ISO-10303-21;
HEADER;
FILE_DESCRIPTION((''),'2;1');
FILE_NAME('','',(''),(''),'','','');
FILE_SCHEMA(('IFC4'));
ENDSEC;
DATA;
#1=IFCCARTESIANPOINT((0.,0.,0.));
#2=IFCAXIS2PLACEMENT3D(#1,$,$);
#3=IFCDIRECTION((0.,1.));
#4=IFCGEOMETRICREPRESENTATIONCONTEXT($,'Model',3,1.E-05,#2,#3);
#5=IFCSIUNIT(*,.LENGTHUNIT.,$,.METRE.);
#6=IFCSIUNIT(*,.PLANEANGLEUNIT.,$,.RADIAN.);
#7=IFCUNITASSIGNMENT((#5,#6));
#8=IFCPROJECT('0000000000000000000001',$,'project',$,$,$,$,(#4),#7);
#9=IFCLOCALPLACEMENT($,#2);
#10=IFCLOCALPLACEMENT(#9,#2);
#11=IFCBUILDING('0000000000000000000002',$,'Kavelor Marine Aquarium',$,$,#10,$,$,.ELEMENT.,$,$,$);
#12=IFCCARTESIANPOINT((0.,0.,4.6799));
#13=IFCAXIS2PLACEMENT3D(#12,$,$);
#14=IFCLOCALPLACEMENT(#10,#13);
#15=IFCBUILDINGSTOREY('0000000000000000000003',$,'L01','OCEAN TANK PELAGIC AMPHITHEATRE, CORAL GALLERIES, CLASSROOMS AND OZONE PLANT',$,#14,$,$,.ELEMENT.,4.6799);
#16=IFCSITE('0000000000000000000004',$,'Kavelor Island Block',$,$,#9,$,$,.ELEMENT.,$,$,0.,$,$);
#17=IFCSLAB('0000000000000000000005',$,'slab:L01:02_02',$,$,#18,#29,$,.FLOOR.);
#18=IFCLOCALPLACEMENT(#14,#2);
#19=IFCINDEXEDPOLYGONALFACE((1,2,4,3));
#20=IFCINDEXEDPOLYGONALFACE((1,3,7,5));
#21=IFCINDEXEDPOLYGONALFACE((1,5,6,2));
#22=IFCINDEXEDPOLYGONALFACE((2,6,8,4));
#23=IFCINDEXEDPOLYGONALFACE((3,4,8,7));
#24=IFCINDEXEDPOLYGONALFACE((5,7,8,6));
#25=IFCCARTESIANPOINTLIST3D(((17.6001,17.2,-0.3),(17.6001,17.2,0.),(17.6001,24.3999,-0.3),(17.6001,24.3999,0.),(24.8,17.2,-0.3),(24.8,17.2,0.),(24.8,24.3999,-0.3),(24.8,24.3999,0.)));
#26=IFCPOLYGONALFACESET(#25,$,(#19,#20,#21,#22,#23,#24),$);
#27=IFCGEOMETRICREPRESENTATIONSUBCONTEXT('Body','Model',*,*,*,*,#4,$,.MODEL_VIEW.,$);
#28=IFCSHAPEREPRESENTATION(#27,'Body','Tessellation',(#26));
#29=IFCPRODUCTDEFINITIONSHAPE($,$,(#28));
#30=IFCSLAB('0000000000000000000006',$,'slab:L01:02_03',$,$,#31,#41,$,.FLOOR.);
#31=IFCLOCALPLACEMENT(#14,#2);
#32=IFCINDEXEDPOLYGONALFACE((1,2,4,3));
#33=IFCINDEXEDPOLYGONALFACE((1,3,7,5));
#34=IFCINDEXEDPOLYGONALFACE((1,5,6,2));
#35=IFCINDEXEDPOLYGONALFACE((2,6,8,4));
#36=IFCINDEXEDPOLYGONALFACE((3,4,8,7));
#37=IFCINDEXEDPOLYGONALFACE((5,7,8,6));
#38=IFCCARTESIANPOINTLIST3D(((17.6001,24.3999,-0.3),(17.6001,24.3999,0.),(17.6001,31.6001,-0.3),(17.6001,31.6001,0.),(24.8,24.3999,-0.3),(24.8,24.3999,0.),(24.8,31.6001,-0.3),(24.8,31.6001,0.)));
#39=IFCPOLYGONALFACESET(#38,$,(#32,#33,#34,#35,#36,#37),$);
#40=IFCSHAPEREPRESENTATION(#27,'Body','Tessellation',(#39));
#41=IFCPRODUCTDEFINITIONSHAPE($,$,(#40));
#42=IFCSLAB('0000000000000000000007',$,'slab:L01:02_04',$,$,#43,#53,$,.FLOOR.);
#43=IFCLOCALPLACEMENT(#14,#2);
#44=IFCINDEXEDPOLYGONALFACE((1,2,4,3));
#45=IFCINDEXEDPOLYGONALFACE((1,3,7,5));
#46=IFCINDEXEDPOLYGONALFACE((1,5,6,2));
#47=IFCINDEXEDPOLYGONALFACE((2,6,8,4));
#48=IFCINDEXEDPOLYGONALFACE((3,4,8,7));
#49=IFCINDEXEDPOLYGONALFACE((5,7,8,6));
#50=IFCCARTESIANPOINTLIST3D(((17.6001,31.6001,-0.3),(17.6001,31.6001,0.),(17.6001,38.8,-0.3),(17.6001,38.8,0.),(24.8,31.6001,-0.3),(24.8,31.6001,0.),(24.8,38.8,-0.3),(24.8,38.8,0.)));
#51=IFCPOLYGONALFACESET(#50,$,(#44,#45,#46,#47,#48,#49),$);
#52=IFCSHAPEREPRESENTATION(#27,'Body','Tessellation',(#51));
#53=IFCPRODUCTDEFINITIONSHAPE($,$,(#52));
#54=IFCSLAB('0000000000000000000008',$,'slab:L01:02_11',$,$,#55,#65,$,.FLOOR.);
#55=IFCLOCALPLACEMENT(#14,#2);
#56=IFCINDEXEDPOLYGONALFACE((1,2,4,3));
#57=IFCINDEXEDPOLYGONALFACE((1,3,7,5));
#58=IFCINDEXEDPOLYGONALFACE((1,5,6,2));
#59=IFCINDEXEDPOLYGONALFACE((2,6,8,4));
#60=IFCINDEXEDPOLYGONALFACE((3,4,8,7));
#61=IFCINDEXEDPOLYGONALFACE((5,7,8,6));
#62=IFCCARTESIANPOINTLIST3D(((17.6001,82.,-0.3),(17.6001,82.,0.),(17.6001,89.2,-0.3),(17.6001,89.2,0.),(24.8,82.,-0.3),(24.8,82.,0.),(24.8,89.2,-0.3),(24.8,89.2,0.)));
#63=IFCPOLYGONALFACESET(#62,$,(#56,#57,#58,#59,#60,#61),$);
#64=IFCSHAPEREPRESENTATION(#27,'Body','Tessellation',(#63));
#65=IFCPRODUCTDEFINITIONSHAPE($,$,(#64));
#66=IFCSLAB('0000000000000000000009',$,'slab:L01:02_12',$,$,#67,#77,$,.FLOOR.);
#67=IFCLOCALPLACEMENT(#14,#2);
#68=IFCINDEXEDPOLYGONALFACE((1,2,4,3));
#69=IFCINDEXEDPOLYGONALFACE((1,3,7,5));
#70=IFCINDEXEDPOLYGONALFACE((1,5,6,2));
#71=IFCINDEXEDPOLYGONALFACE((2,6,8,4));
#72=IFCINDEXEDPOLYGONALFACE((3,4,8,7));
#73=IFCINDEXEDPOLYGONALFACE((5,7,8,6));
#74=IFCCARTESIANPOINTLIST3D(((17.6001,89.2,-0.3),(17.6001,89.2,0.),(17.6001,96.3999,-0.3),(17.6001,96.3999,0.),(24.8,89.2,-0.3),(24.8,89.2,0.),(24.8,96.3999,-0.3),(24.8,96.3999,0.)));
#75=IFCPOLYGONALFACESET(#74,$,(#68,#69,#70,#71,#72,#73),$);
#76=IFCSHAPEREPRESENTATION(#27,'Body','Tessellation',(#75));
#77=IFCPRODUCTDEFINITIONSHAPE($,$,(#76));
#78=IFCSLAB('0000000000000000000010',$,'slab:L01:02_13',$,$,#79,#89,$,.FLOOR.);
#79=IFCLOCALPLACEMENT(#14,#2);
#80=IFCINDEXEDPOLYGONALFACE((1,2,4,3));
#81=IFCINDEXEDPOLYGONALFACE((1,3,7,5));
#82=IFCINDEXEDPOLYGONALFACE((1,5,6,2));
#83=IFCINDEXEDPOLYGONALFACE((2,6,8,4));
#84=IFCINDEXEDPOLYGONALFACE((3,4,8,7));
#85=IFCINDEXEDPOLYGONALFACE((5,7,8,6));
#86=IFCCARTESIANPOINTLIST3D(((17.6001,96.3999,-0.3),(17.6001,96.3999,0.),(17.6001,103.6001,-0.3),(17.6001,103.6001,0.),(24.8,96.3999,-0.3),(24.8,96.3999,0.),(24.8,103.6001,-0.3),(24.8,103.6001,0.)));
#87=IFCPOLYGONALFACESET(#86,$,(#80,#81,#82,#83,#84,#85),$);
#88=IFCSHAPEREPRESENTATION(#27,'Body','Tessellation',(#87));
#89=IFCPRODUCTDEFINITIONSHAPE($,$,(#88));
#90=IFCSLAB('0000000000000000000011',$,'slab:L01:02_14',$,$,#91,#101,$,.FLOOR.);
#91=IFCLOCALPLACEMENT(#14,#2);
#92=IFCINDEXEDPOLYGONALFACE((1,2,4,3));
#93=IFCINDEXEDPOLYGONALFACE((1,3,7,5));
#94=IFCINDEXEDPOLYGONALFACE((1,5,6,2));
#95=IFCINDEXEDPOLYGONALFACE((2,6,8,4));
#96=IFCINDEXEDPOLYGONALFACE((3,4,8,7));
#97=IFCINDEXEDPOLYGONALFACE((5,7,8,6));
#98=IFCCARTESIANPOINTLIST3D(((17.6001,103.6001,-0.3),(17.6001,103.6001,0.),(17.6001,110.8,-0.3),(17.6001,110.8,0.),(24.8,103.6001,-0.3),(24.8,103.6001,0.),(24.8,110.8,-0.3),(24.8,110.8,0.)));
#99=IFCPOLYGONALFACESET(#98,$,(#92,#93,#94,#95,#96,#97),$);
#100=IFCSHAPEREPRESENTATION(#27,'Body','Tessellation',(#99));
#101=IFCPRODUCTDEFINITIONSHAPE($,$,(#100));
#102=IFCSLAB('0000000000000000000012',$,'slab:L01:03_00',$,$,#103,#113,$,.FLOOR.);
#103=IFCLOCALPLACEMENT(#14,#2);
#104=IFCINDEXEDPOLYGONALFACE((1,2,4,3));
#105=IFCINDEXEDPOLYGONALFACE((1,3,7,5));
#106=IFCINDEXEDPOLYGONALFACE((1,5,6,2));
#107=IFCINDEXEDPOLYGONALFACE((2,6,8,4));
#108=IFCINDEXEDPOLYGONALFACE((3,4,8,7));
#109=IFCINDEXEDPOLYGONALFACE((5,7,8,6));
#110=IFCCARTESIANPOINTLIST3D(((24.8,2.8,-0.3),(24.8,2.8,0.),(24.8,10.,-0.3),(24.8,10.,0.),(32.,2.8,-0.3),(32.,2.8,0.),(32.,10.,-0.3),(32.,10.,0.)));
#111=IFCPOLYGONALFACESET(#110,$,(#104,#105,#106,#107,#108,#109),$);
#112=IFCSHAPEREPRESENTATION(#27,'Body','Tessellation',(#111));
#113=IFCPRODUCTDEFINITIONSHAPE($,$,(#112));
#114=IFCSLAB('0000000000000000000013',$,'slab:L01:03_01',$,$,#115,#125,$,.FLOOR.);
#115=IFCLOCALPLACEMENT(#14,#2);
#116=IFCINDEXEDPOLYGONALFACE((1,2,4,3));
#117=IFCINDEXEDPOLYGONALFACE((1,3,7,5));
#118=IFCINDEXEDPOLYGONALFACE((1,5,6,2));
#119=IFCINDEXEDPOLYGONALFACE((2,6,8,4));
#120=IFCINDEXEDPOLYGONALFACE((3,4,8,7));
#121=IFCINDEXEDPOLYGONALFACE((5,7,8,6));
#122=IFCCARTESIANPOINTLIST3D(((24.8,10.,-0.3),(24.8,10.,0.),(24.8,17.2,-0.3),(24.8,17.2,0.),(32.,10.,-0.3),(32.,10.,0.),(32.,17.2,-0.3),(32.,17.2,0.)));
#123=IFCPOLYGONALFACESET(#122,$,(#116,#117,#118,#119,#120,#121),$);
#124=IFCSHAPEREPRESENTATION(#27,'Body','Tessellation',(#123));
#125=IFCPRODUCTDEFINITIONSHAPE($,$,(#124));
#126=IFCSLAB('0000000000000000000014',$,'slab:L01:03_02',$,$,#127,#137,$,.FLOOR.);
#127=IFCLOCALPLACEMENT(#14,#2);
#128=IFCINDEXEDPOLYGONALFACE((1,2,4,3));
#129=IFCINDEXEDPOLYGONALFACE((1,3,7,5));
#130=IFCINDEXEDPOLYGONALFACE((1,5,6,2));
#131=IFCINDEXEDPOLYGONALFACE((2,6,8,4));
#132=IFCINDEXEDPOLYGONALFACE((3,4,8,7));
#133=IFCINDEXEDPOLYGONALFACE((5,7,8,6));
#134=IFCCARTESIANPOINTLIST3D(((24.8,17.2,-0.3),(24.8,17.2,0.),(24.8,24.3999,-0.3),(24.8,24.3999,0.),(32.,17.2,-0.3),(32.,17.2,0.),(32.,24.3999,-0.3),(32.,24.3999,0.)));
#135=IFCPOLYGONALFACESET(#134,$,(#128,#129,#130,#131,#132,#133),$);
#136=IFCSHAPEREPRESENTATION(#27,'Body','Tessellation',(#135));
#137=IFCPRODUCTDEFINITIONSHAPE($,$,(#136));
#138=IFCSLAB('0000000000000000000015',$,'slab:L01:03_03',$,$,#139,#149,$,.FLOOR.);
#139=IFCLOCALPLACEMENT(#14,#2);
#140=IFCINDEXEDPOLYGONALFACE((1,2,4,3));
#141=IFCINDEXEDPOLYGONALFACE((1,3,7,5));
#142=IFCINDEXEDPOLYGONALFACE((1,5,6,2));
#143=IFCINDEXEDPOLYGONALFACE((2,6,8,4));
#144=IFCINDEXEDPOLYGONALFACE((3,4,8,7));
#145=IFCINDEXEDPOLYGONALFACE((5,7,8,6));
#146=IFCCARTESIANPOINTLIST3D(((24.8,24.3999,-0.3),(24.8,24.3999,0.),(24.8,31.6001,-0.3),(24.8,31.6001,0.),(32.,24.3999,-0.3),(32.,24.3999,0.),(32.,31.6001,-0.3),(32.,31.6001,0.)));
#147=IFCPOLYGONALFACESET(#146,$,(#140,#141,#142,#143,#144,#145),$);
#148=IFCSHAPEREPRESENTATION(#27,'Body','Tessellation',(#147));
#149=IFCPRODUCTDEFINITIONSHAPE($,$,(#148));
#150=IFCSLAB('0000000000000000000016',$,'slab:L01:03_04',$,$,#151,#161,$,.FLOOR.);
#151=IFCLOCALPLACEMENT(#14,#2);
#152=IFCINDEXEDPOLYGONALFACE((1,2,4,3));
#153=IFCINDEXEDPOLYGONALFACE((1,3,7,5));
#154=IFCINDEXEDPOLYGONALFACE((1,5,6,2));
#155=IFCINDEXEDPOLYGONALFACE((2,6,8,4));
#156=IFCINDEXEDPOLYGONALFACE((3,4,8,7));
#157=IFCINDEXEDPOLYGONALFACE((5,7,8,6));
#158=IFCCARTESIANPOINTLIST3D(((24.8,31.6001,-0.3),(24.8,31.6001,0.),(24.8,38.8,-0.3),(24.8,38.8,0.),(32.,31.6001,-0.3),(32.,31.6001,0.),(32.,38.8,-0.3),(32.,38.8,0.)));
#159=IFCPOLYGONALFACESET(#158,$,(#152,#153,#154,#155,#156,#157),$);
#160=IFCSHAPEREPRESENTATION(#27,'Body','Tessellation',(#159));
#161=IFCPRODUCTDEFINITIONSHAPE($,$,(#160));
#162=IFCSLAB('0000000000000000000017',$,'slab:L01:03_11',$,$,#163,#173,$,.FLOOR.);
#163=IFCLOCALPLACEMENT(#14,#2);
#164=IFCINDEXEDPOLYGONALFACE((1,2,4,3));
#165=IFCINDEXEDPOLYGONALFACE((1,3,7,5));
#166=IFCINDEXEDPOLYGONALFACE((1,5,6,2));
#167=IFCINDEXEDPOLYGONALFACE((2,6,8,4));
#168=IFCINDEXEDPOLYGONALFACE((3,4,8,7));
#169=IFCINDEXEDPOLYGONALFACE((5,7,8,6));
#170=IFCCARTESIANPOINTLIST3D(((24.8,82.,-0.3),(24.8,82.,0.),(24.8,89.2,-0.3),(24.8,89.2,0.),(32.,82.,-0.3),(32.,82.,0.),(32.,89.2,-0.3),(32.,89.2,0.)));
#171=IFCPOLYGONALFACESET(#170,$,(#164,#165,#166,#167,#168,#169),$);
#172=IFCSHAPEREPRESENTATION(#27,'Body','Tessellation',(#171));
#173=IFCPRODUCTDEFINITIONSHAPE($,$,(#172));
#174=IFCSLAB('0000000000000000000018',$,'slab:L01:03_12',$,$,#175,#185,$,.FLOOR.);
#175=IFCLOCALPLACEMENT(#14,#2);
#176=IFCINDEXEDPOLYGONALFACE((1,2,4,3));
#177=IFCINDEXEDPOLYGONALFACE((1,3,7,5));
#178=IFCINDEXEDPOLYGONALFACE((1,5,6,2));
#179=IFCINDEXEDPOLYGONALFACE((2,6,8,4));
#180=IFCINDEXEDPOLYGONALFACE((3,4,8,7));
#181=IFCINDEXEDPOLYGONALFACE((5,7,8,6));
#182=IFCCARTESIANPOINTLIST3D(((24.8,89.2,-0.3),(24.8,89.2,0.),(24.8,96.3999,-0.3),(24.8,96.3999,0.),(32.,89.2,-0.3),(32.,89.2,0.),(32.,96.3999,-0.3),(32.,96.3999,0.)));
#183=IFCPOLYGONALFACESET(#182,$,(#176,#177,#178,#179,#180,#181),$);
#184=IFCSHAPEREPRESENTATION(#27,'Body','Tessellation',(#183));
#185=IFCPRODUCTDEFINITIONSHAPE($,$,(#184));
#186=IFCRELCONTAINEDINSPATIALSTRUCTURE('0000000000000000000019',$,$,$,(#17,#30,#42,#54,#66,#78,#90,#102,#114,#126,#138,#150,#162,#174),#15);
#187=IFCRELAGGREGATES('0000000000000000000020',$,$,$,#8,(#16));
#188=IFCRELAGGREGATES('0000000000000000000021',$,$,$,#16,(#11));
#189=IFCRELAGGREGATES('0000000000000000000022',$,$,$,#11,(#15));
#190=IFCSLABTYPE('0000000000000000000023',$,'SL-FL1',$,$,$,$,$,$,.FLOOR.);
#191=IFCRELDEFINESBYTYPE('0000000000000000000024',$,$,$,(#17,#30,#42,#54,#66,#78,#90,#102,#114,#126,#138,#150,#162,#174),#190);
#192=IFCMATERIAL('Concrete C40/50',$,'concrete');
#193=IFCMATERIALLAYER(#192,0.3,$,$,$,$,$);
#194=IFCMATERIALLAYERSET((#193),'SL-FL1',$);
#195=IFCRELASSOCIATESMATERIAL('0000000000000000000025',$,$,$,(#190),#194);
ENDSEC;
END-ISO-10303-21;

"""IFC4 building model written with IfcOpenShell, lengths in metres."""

from ifc_helpers import new_model, si_unit, direction, frame, origin, place, context, subcontext, project, spatial, polyline, outline, extrude, material, layer, layer_set, type_object, element, save


model = new_model("IFC4")

# Units and contexts
model_context = context("Model", 3, precision=1e-05, world=origin(), true_north=direction((0.0, 1.0)))
body_context = subcontext(model_context, "Body", "Model", "MODEL_VIEW")
ifc_project = project(units=[si_unit("LENGTHUNIT", "METRE"), si_unit("PLANEANGLEUNIT", "RADIAN")], contexts=[model_context])

# Site, building, storey
site_placement = place(None, origin())
site = spatial("IfcSite", under=ifc_project, at=site_placement, Name="Kavelor Island Block", CompositionType="ELEMENT", RefElevation=0.0)
building_placement = place(site_placement, origin())
building = spatial("IfcBuilding", under=site, at=building_placement, Name="Kavelor Marine Aquarium", CompositionType="ELEMENT")
storey_placement = place(building_placement, frame((0.0, 0.0, 4.6799)))
storey = spatial("IfcBuildingStorey", under=building, at=storey_placement, Name="L01", Description="OCEAN TANK PELAGIC AMPHITHEATRE, CORAL GALLERIES, CLASSROOMS AND OZONE PLANT", CompositionType="ELEMENT", Elevation=4.6799)

# Slabs
ifc_material = material(Name="Concrete C40/50", Category="concrete")
ifc_layer = layer(ifc_material, 0.3)
ifc_layer_set = layer_set([ifc_layer], Name="SL-FL1")
slab_type = type_object("IfcSlabType", Name="SL-FL1", PredefinedType="FLOOR", material=ifc_layer_set)
slab_1_placement = place(storey_placement, frame((0.0, 0.0, -0.3)))
element("IfcSlab", 1, at=slab_1_placement, inside=storey, type_object=slab_type, Name="slab:L01:02_02", PredefinedType="FLOOR", context=body_context, shape_type="SweptSolid", body=[
    extrude(outline(polyline([(17.6001, 17.2), (24.8, 17.2), (24.8, 24.3999), (17.6001, 24.3999), (17.6001, 17.2)])), origin(), (0.0, 0.0, 1.0), 0.3),
])
slab_2_placement = place(storey_placement, frame((0.0, 0.0, -0.3)))
element("IfcSlab", 2, at=slab_2_placement, inside=storey, type_object=slab_type, Name="slab:L01:02_03", PredefinedType="FLOOR", context=body_context, shape_type="SweptSolid", body=[
    extrude(outline(polyline([(17.6001, 24.3999), (24.8, 24.3999), (24.8, 31.6001), (17.6001, 31.6001), (17.6001, 24.3999)])), origin(), (0.0, 0.0, 1.0), 0.3),
])
slab_3_placement = place(storey_placement, frame((0.0, 0.0, -0.3)))
element("IfcSlab", 3, at=slab_3_placement, inside=storey, type_object=slab_type, Name="slab:L01:02_04", PredefinedType="FLOOR", context=body_context, shape_type="SweptSolid", body=[
    extrude(outline(polyline([(17.6001, 31.6001), (24.8, 31.6001), (24.8, 38.8), (17.6001, 38.8), (17.6001, 31.6001)])), origin(), (0.0, 0.0, 1.0), 0.3),
])
slab_4_placement = place(storey_placement, frame((0.0, 0.0, -0.3)))
element("IfcSlab", 4, at=slab_4_placement, inside=storey, type_object=slab_type, Name="slab:L01:02_11", PredefinedType="FLOOR", context=body_context, shape_type="SweptSolid", body=[
    extrude(outline(polyline([(17.6001, 82.0), (24.8, 82.0), (24.8, 89.2), (17.6001, 89.2), (17.6001, 82.0)])), origin(), (0.0, 0.0, 1.0), 0.3),
])
slab_5_placement = place(storey_placement, frame((0.0, 0.0, -0.3)))
element("IfcSlab", 5, at=slab_5_placement, inside=storey, type_object=slab_type, Name="slab:L01:02_12", PredefinedType="FLOOR", context=body_context, shape_type="SweptSolid", body=[
    extrude(outline(polyline([(17.6001, 89.2), (24.8, 89.2), (24.8, 96.3999), (17.6001, 96.3999), (17.6001, 89.2)])), origin(), (0.0, 0.0, 1.0), 0.3),
])
slab_6_placement = place(storey_placement, frame((0.0, 0.0, -0.3)))
element("IfcSlab", 6, at=slab_6_placement, inside=storey, type_object=slab_type, Name="slab:L01:02_13", PredefinedType="FLOOR", context=body_context, shape_type="SweptSolid", body=[
    extrude(outline(polyline([(17.6001, 96.3999), (24.8, 96.3999), (24.8, 103.6001), (17.6001, 103.6001), (17.6001, 96.3999)])), origin(), (0.0, 0.0, 1.0), 0.3),
])
slab_7_placement = place(storey_placement, frame((0.0, 0.0, -0.3)))
element("IfcSlab", 7, at=slab_7_placement, inside=storey, type_object=slab_type, Name="slab:L01:02_14", PredefinedType="FLOOR", context=body_context, shape_type="SweptSolid", body=[
    extrude(outline(polyline([(17.6001, 103.6001), (24.8, 103.6001), (24.8, 110.8), (17.6001, 110.8), (17.6001, 103.6001)])), origin(), (0.0, 0.0, 1.0), 0.3),
])
slab_8_placement = place(storey_placement, frame((0.0, 0.0, -0.3)))
element("IfcSlab", 8, at=slab_8_placement, inside=storey, type_object=slab_type, Name="slab:L01:03_00", PredefinedType="FLOOR", context=body_context, shape_type="SweptSolid", body=[
    extrude(outline(polyline([(24.8, 2.8), (32.0, 2.8), (32.0, 10.0), (24.8, 10.0), (24.8, 2.8)])), origin(), (0.0, 0.0, 1.0), 0.3),
])
slab_9_placement = place(storey_placement, frame((0.0, 0.0, -0.3)))
element("IfcSlab", 9, at=slab_9_placement, inside=storey, type_object=slab_type, Name="slab:L01:03_01", PredefinedType="FLOOR", context=body_context, shape_type="SweptSolid", body=[
    extrude(outline(polyline([(24.8, 10.0), (32.0, 10.0), (32.0, 17.2), (24.8, 17.2), (24.8, 10.0)])), origin(), (0.0, 0.0, 1.0), 0.3),
])
slab_10_placement = place(storey_placement, frame((0.0, 0.0, -0.3)))
element("IfcSlab", 10, at=slab_10_placement, inside=storey, type_object=slab_type, Name="slab:L01:03_02", PredefinedType="FLOOR", context=body_context, shape_type="SweptSolid", body=[
    extrude(outline(polyline([(24.8, 17.2), (32.0, 17.2), (32.0, 24.3999), (24.8, 24.3999), (24.8, 17.2)])), origin(), (0.0, 0.0, 1.0), 0.3),
])
slab_11_placement = place(storey_placement, frame((0.0, 0.0, -0.3)))
element("IfcSlab", 11, at=slab_11_placement, inside=storey, type_object=slab_type, Name="slab:L01:03_03", PredefinedType="FLOOR", context=body_context, shape_type="SweptSolid", body=[
    extrude(outline(polyline([(24.8, 24.3999), (32.0, 24.3999), (32.0, 31.6001), (24.8, 31.6001), (24.8, 24.3999)])), origin(), (0.0, 0.0, 1.0), 0.3),
])
slab_12_placement = place(storey_placement, frame((0.0, 0.0, -0.3)))
element("IfcSlab", 12, at=slab_12_placement, inside=storey, type_object=slab_type, Name="slab:L01:03_04", PredefinedType="FLOOR", context=body_context, shape_type="SweptSolid", body=[
    extrude(outline(polyline([(24.8, 31.6001), (32.0, 31.6001), (32.0, 38.8), (24.8, 38.8), (24.8, 31.6001)])), origin(), (0.0, 0.0, 1.0), 0.3),
])
slab_13_placement = place(storey_placement, frame((0.0, 0.0, -0.3)))
element("IfcSlab", 13, at=slab_13_placement, inside=storey, type_object=slab_type, Name="slab:L01:03_11", PredefinedType="FLOOR", context=body_context, shape_type="SweptSolid", body=[
    extrude(outline(polyline([(24.8, 82.0), (32.0, 82.0), (32.0, 89.2), (24.8, 89.2), (24.8, 82.0)])), origin(), (0.0, 0.0, 1.0), 0.3),
])
slab_14_placement = place(storey_placement, frame((0.0, 0.0, -0.3)))
element("IfcSlab", 14, at=slab_14_placement, inside=storey, type_object=slab_type, Name="slab:L01:03_12", PredefinedType="FLOOR", context=body_context, shape_type="SweptSolid", body=[
    extrude(outline(polyline([(24.8, 89.2), (32.0, 89.2), (32.0, 96.3999), (24.8, 96.3999), (24.8, 89.2)])), origin(), (0.0, 0.0, 1.0), 0.3),
])

save(model, "model.ifc")
